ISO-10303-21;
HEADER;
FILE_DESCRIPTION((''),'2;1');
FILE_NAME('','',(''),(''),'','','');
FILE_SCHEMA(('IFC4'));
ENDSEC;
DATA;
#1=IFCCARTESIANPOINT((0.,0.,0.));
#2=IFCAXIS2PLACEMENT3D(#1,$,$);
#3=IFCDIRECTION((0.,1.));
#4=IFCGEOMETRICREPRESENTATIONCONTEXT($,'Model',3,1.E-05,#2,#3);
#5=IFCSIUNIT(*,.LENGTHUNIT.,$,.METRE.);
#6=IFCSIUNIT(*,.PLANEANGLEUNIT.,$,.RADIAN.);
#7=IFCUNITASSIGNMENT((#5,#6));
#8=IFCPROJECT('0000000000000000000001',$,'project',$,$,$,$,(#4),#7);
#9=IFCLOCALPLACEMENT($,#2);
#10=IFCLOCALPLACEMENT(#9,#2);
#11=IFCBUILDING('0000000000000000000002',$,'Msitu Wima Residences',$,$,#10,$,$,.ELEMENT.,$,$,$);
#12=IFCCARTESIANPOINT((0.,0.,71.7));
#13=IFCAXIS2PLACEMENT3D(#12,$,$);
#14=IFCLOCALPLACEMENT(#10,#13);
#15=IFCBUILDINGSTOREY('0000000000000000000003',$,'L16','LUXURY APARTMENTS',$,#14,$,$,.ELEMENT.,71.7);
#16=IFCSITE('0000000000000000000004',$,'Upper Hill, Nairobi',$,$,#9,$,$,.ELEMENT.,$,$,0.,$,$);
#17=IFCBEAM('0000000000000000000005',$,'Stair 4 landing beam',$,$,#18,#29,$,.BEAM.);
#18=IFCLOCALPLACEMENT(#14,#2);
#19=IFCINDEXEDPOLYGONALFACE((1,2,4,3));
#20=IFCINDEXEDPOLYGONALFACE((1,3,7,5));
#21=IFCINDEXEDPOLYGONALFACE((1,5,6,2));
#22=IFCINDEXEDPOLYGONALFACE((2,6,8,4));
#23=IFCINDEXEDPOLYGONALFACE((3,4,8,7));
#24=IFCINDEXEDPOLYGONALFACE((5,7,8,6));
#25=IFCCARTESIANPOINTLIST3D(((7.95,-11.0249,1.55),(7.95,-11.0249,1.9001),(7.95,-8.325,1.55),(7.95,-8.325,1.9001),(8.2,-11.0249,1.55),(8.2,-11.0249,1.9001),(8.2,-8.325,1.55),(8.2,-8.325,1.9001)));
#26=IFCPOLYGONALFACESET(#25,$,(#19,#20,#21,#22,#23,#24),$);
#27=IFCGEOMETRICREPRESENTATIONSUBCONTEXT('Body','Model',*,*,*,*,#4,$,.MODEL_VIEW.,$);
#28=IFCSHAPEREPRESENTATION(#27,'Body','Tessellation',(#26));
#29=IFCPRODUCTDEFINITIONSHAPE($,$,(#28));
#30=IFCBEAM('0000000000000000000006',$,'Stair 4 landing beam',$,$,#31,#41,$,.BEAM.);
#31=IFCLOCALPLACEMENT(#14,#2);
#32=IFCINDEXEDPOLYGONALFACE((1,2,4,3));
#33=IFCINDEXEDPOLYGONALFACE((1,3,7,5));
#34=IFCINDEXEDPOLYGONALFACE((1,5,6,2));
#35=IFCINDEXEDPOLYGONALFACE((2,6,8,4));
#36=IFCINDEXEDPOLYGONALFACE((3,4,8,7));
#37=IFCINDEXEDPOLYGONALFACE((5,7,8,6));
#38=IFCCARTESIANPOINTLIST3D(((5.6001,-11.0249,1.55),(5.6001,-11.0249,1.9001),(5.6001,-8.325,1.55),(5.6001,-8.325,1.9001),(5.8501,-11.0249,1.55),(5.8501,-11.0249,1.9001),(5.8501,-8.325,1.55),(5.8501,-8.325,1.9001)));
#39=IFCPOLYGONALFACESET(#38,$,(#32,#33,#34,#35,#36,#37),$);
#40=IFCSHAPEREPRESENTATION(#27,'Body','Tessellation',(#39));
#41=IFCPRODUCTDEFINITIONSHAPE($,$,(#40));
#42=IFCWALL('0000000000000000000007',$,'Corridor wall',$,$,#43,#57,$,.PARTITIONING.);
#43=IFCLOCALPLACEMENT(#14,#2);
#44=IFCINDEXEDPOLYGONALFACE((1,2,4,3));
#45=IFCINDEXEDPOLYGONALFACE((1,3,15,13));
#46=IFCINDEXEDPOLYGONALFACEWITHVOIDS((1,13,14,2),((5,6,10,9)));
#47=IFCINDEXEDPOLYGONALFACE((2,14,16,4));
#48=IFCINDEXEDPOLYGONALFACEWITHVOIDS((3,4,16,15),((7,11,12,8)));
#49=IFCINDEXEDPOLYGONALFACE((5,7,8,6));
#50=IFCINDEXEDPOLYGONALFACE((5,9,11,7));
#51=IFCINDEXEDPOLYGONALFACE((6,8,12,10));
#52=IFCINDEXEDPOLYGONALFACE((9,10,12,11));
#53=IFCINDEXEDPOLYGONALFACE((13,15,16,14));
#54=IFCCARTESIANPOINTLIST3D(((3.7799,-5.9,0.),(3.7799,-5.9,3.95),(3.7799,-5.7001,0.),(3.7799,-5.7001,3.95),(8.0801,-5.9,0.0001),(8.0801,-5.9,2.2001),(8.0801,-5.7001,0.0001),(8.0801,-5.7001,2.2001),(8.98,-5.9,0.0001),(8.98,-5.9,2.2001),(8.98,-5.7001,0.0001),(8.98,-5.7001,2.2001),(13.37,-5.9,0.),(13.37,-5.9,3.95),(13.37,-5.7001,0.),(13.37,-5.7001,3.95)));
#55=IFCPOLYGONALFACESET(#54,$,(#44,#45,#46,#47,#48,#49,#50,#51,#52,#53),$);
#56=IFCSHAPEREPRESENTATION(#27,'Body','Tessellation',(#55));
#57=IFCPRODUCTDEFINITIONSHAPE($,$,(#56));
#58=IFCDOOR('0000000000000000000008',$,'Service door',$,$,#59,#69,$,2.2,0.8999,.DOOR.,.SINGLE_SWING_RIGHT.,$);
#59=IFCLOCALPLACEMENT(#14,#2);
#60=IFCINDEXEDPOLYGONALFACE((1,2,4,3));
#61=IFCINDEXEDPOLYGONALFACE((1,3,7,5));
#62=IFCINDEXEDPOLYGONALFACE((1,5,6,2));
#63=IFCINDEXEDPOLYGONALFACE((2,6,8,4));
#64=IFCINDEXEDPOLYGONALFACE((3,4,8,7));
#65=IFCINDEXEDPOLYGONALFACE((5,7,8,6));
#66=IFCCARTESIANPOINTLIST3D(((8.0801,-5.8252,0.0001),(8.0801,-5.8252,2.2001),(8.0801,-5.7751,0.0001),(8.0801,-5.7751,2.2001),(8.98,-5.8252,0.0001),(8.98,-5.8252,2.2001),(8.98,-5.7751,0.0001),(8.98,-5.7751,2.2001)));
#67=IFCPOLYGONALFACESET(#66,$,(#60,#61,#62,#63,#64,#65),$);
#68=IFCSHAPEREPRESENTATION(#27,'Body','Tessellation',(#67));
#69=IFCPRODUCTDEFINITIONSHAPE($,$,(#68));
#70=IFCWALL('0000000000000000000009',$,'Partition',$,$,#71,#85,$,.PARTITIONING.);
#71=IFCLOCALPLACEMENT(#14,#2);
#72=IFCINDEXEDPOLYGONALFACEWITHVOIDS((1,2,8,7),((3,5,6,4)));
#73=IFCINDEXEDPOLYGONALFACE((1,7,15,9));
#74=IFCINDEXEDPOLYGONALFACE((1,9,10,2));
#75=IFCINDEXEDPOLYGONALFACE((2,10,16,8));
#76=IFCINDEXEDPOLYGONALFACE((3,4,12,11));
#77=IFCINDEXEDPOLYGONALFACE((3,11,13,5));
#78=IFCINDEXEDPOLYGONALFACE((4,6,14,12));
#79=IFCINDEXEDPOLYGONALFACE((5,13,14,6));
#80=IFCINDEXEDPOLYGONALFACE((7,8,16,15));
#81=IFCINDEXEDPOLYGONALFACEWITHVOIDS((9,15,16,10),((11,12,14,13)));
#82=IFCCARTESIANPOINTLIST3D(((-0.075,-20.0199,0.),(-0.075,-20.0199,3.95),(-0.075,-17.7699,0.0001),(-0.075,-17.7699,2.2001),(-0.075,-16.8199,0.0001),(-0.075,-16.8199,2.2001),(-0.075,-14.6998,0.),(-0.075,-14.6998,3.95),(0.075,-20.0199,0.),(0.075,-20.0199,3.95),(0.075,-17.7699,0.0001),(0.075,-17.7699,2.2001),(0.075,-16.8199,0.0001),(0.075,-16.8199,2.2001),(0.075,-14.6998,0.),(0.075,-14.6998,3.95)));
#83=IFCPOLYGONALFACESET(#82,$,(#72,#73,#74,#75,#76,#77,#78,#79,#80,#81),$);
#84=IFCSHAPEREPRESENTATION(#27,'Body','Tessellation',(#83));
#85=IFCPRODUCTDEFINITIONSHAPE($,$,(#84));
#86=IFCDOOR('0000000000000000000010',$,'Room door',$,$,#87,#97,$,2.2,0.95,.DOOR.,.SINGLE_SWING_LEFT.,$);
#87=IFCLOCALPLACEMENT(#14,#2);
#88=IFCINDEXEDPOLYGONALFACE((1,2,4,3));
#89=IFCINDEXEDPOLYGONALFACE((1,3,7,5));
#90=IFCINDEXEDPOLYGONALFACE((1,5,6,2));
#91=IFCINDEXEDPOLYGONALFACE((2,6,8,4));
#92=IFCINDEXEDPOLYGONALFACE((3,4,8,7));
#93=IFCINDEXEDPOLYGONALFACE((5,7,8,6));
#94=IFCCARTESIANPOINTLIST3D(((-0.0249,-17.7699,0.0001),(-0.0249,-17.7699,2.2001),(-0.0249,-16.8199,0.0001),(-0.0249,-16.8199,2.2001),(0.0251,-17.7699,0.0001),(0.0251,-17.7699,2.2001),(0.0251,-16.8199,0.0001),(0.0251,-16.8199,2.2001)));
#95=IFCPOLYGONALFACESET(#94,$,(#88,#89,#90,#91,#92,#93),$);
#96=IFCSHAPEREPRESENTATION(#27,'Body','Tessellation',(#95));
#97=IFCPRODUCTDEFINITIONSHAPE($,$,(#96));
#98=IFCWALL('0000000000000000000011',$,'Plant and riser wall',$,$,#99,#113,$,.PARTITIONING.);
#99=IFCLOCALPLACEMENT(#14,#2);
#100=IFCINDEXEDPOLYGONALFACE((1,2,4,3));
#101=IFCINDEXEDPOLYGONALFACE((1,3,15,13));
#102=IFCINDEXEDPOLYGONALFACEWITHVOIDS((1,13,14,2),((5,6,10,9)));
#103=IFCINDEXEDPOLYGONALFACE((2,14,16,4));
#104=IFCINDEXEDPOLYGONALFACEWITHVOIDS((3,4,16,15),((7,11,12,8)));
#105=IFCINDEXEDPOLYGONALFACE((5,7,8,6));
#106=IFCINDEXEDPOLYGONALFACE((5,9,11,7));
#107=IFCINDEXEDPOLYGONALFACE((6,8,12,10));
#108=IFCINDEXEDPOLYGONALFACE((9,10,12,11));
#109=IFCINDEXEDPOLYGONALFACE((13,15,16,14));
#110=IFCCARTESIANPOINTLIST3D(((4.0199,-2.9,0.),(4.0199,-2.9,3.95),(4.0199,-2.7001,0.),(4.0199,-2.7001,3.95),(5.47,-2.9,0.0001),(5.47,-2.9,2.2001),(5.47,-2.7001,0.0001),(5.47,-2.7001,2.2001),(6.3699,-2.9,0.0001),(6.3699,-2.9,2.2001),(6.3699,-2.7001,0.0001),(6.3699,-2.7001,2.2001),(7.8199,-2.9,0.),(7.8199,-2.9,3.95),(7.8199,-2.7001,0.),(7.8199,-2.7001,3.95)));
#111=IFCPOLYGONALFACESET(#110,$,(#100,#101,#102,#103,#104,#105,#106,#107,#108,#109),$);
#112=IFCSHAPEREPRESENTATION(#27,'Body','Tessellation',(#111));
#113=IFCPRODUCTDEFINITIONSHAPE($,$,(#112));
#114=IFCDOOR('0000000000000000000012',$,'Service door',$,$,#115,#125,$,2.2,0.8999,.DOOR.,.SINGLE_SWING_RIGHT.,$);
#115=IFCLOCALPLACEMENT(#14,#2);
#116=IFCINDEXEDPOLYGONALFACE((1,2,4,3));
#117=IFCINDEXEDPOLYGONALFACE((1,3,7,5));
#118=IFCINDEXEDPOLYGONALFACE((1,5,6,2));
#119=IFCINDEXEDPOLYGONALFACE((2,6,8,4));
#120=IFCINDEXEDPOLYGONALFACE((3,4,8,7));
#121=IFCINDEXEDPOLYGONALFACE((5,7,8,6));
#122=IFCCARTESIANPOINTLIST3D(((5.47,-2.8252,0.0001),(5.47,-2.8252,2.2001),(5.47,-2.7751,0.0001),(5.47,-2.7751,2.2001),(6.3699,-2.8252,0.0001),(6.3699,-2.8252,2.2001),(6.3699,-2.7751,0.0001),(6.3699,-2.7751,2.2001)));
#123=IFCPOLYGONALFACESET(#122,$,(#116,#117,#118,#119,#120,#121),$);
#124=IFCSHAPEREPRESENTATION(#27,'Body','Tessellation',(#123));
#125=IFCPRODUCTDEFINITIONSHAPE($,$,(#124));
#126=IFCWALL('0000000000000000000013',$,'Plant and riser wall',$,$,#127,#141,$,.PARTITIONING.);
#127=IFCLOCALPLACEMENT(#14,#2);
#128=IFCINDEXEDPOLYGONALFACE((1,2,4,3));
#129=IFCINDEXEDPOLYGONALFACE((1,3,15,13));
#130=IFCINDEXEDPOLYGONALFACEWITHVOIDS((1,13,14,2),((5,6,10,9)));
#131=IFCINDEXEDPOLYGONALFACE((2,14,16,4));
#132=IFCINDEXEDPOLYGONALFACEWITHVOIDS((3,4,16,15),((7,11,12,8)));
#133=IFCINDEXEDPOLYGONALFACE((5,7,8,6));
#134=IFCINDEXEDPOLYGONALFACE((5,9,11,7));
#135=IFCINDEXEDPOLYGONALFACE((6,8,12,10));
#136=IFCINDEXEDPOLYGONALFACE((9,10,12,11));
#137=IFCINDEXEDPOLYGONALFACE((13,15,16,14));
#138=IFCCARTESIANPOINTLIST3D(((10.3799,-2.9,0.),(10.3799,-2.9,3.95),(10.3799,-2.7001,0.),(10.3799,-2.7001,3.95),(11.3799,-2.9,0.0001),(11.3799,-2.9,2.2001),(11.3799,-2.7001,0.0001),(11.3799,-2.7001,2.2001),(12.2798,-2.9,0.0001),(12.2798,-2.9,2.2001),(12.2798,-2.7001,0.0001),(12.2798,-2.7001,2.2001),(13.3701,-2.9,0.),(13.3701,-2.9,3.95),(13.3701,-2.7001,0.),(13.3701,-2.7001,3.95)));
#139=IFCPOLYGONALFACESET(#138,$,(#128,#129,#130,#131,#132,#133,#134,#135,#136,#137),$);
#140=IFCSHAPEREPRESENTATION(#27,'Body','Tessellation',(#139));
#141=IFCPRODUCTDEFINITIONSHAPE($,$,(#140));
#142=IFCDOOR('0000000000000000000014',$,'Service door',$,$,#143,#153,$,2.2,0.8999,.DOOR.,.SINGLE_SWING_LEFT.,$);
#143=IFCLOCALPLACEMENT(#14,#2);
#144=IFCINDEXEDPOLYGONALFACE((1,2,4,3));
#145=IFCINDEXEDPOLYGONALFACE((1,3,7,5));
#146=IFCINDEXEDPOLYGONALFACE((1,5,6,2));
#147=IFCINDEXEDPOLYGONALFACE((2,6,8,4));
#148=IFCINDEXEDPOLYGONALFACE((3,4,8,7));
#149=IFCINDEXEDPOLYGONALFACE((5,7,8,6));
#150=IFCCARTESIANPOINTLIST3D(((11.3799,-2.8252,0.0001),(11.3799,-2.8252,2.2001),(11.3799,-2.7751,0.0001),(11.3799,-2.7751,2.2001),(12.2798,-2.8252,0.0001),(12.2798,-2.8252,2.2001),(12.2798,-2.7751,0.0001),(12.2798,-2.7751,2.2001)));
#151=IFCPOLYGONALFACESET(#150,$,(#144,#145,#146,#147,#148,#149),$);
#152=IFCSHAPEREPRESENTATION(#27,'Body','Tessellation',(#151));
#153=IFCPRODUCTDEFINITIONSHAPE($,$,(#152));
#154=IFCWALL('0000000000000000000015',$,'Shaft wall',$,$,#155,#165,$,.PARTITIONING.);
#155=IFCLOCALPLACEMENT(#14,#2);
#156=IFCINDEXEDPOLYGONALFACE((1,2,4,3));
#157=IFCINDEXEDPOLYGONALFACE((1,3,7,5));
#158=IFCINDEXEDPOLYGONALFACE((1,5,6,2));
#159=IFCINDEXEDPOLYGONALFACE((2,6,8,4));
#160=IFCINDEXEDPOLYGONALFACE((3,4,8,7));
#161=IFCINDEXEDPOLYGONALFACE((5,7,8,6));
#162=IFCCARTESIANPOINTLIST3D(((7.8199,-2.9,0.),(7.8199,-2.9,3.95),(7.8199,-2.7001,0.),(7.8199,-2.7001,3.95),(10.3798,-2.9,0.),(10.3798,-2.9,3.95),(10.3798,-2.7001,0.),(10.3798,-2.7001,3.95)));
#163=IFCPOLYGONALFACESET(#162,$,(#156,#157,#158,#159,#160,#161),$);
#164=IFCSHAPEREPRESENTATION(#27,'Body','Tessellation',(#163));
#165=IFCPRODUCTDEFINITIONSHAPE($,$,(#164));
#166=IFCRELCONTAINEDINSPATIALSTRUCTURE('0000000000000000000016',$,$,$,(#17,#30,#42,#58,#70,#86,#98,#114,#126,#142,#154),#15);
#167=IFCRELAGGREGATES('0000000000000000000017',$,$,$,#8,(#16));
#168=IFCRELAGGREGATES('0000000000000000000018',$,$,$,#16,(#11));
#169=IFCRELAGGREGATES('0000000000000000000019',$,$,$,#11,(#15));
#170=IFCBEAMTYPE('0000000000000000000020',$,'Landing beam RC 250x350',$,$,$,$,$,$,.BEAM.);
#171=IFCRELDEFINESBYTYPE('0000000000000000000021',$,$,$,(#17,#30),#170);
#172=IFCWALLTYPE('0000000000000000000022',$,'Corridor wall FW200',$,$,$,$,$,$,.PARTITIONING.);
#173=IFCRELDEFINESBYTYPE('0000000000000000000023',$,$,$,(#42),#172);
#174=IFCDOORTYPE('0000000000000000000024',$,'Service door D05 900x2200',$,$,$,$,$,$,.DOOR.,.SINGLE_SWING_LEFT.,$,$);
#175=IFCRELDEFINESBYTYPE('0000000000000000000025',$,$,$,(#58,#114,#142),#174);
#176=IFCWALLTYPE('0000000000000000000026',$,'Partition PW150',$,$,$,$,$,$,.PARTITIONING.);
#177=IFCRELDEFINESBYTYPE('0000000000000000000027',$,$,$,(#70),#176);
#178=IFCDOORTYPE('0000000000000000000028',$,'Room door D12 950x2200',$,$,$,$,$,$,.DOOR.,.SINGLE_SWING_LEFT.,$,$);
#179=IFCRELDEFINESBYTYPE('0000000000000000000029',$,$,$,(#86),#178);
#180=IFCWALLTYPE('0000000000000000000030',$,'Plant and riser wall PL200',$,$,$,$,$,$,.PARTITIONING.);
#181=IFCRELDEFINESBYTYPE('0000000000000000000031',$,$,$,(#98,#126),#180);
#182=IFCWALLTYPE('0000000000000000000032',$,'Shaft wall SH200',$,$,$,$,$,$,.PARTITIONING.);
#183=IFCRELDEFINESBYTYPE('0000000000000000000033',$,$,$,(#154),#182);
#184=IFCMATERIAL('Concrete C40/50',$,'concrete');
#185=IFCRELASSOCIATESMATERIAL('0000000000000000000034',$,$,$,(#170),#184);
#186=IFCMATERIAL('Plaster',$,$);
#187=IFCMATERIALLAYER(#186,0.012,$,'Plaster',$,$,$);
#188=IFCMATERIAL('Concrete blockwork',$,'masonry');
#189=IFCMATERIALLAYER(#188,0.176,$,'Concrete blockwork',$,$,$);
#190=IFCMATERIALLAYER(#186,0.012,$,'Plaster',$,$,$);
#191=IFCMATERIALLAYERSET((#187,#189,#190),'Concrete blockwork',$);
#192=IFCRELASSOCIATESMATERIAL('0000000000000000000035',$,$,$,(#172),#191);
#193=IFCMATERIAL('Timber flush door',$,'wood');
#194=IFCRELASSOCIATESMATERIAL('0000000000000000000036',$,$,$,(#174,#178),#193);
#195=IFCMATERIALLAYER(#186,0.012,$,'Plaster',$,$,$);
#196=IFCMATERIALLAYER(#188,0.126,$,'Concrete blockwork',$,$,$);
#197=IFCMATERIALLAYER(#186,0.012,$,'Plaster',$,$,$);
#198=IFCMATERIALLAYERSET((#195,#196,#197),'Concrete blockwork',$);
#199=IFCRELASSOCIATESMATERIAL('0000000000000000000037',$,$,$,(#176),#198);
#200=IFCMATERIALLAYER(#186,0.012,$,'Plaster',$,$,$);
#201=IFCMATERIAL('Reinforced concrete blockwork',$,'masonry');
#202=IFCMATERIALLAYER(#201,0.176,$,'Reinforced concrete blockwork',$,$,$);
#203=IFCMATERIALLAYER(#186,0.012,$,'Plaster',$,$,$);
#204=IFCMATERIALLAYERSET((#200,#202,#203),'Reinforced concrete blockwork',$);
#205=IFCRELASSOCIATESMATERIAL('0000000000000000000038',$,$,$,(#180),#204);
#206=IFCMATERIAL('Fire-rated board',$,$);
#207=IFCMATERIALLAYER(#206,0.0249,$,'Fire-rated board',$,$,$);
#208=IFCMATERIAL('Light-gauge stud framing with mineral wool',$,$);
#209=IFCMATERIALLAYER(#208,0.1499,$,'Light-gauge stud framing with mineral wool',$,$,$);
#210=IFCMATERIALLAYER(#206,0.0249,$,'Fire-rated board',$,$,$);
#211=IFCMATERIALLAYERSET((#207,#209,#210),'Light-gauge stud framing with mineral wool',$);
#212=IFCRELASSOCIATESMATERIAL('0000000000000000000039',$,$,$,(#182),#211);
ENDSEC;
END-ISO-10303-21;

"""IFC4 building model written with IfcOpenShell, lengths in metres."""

from ifc_helpers import new_model, si_unit, direction, frame, frame_2d, origin, origin_2d, place, context, subcontext, project, spatial, rectangle, extrude, material, layer, layer_set, material_profile, profile_set, type_object, element, fill, save


model = new_model("IFC4")

# Units and contexts
model_context = context("Model", 3, precision=1e-05, world=origin(), true_north=direction((0.0, 1.0)))
body_context = subcontext(model_context, "Body", "Model", "MODEL_VIEW")
ifc_project = project(units=[si_unit("LENGTHUNIT", "METRE"), si_unit("PLANEANGLEUNIT", "RADIAN")], contexts=[model_context])

# Site, building, storey
site_placement = place(None, origin())
site = spatial("IfcSite", under=ifc_project, at=site_placement, Name="Upper Hill, Nairobi", CompositionType="ELEMENT", RefElevation=0.0)
building_placement = place(site_placement, origin())
building = spatial("IfcBuilding", under=site, at=building_placement, Name="Msitu Wima Residences", CompositionType="ELEMENT")
storey_placement = place(building_placement, frame((0.0, 0.0, 71.7)))
storey = spatial("IfcBuildingStorey", under=building, at=storey_placement, Name="L16", Description="LUXURY APARTMENTS", CompositionType="ELEMENT", Elevation=71.7)

# Beams
ifc_material_1 = material(Name="Concrete C40/50", Category="concrete")
ifc_material_profile = material_profile(ifc_material_1, rectangle(XDim=0.25, YDim=0.3501, at=origin_2d()), Name="RC 250x350")
ifc_profile_set = profile_set([ifc_material_profile], Name="Concrete C40/50")
beam_type = type_object("IfcBeamType", Name="Landing beam RC 250x350", PredefinedType="BEAM", material=ifc_profile_set)
for number, where, z_axis, x_axis, name in (
    (1, (8.075, -11.0249, 1.7251), (0.0, 1.0, 0.0), (-1.0, 0.0, 0.0), "Stair 4 landing beam"),
    (2, (5.7251, -11.0249, 1.7251), (0.0, 1.0, 0.0), (-1.0, 0.0, 0.0), "Stair 4 landing beam"),
):
    element("IfcBeam", number, at=place(storey_placement, frame(where, z_axis=z_axis, x_axis=x_axis)), inside=storey, type_object=beam_type, Name=name, PredefinedType="BEAM", context=body_context, shape_type="SweptSolid", body=[
        extrude(rectangle(XDim=0.25, YDim=0.3501, at=origin_2d()), origin(), (0.0, 0.0, 1.0), 2.7),
    ])

# Walls, openings, doors
ifc_material_2 = material(Name="Plaster")
ifc_layer_1 = layer(ifc_material_2, 0.012, Name="Plaster")
ifc_material_3 = material(Name="Concrete blockwork", Category="masonry")
ifc_layer_2 = layer(ifc_material_3, 0.176, Name="Concrete blockwork")
ifc_layer_3 = layer(ifc_material_2, 0.012, Name="Plaster")
ifc_layer_set_1 = layer_set([ifc_layer_1, ifc_layer_2, ifc_layer_3], Name="Concrete blockwork")
wall_type_1 = type_object("IfcWallType", Name="Corridor wall FW200", PredefinedType="PARTITIONING", material=ifc_layer_set_1)
wall_1_placement = place(storey_placement, frame((3.78, -5.8, 0.0), z_axis=(0.0, 0.0, 1.0), x_axis=(1.0, 0.0, 0.0)))
wall_1 = element("IfcWall", 3, at=wall_1_placement, inside=storey, type_object=wall_type_1, Name="Corridor wall", PredefinedType="PARTITIONING", context=body_context, shape_type="SweptSolid", body=[
    extrude(rectangle(XDim=9.5901, YDim=0.2, at=frame_2d((4.7949, 0.0))), origin(), (0.0, 0.0, 1.0), 3.95),
])
opening_1_placement = place(wall_1_placement, frame((4.3, 0.0, 0.0)))
opening_1 = element("IfcOpeningElement", 4, at=opening_1_placement, cuts=wall_1, PredefinedType="OPENING", context=body_context, shape_type="SweptSolid", body=[
    extrude(rectangle(XDim=0.8999, YDim=2.2, at=frame_2d((0.45, 1.1001))), frame((0.0, 0.1099, 0.0), z_axis=(0.0, -1.0, 0.0), x_axis=(1.0, 0.0, 0.0)), (0.0, 0.0, 1.0), 0.22),
])
ifc_material_4 = material(Name="Timber flush door", Category="wood")
door_type_1 = type_object("IfcDoorType", Name="Service door D05 900x2200", OperationType="SINGLE_SWING_LEFT", PredefinedType="DOOR", material=ifc_material_4)
door_1_placement = place(opening_1_placement, origin())
door_1 = element("IfcDoor", 5, at=door_1_placement, inside=storey, type_object=door_type_1, Name="Service door", OperationType="SINGLE_SWING_RIGHT", OverallHeight=2.2, OverallWidth=0.8999, PredefinedType="DOOR", context=body_context, shape_type="SweptSolid", body=[
    extrude(rectangle(XDim=0.8999, YDim=2.2, at=frame_2d((0.45, 1.1001))), frame((0.0, 0.0249, 0.0), z_axis=(0.0, -1.0, 0.0), x_axis=(1.0, 0.0, 0.0)), (0.0, 0.0, 1.0), 0.05),
])
fill(opening_1, door_1)
ifc_layer_4 = layer(ifc_material_2, 0.012, Name="Plaster")
ifc_layer_5 = layer(ifc_material_3, 0.126, Name="Concrete blockwork")
ifc_layer_6 = layer(ifc_material_2, 0.012, Name="Plaster")
ifc_layer_set_2 = layer_set([ifc_layer_4, ifc_layer_5, ifc_layer_6], Name="Concrete blockwork")
wall_type_2 = type_object("IfcWallType", Name="Partition PW150", PredefinedType="PARTITIONING", material=ifc_layer_set_2)
wall_2_placement = place(storey_placement, frame((0.0, -20.02, 0.0), z_axis=(0.0, 0.0, 1.0), x_axis=(0.0, 1.0, 0.0)))
wall_2 = element("IfcWall", 6, at=wall_2_placement, inside=storey, type_object=wall_type_2, Name="Partition", PredefinedType="PARTITIONING", context=body_context, shape_type="SweptSolid", body=[
    extrude(rectangle(XDim=5.3201, YDim=0.1499, at=frame_2d((2.6602, 0.0))), origin(), (0.0, 0.0, 1.0), 3.95),
])
opening_2_placement = place(wall_2_placement, frame((2.25, 0.0, 0.0)))
opening_2 = element("IfcOpeningElement", 7, at=opening_2_placement, cuts=wall_2, PredefinedType="OPENING", context=body_context, shape_type="SweptSolid", body=[
    extrude(rectangle(XDim=0.95, YDim=2.2, at=frame_2d((0.4751, 1.1001))), frame((0.0, 0.085, 0.0), z_axis=(0.0, -1.0, 0.0), x_axis=(1.0, 0.0, 0.0)), (0.0, 0.0, 1.0), 0.1699),
])
door_type_2 = type_object("IfcDoorType", Name="Room door D12 950x2200", OperationType="SINGLE_SWING_LEFT", PredefinedType="DOOR", material=ifc_material_4)
door_2_placement = place(opening_2_placement, origin())
door_2 = element("IfcDoor", 8, at=door_2_placement, inside=storey, type_object=door_type_2, Name="Room door", OperationType="SINGLE_SWING_LEFT", OverallHeight=2.2, OverallWidth=0.95, PredefinedType="DOOR", context=body_context, shape_type="SweptSolid", body=[
    extrude(rectangle(XDim=0.95, YDim=2.2, at=frame_2d((0.4751, 1.1001))), frame((0.0, 0.0249, 0.0), z_axis=(0.0, -1.0, 0.0), x_axis=(1.0, 0.0, 0.0)), (0.0, 0.0, 1.0), 0.05),
])
fill(opening_2, door_2)

# Shared definitions
ifc_layer_7 = layer(ifc_material_2, 0.012, Name="Plaster")
ifc_material_5 = material(Name="Reinforced concrete blockwork", Category="masonry")
ifc_layer_8 = layer(ifc_material_5, 0.176, Name="Reinforced concrete blockwork")
ifc_layer_9 = layer(ifc_material_2, 0.012, Name="Plaster")
ifc_layer_set_3 = layer_set([ifc_layer_7, ifc_layer_8, ifc_layer_9], Name="Reinforced concrete blockwork")
wall_type_3 = type_object("IfcWallType", Name="Plant and riser wall PL200", PredefinedType="PARTITIONING", material=ifc_layer_set_3)

# Walls, openings, doors
wall_3_placement = place(storey_placement, frame((4.02, -2.8, 0.0), z_axis=(0.0, 0.0, 1.0), x_axis=(1.0, 0.0, 0.0)))
wall_3 = element("IfcWall", 9, at=wall_3_placement, inside=storey, type_object=wall_type_3, Name="Plant and riser wall", PredefinedType="PARTITIONING", context=body_context, shape_type="SweptSolid", body=[
    extrude(rectangle(XDim=3.8, YDim=0.2, at=frame_2d((1.8999, 0.0))), origin(), (0.0, 0.0, 1.0), 3.95),
])
opening_3_placement = place(wall_3_placement, frame((1.45, 0.0, 0.0)))
opening_3 = element("IfcOpeningElement", 10, at=opening_3_placement, cuts=wall_3, PredefinedType="OPENING", context=body_context, shape_type="SweptSolid", body=[
    extrude(rectangle(XDim=0.8999, YDim=2.2, at=frame_2d((0.45, 1.1001))), frame((0.0, 0.1099, 0.0), z_axis=(0.0, -1.0, 0.0), x_axis=(1.0, 0.0, 0.0)), (0.0, 0.0, 1.0), 0.22),
])
door_3_placement = place(opening_3_placement, origin())
door_3 = element("IfcDoor", 11, at=door_3_placement, inside=storey, type_object=door_type_1, Name="Service door", OperationType="SINGLE_SWING_RIGHT", OverallHeight=2.2, OverallWidth=0.8999, PredefinedType="DOOR", context=body_context, shape_type="SweptSolid", body=[
    extrude(rectangle(XDim=0.8999, YDim=2.2, at=frame_2d((0.45, 1.1001))), frame((0.0, 0.0249, 0.0), z_axis=(0.0, -1.0, 0.0), x_axis=(1.0, 0.0, 0.0)), (0.0, 0.0, 1.0), 0.05),
])
fill(opening_3, door_3)
wall_4_placement = place(storey_placement, frame((10.3799, -2.8, 0.0), z_axis=(0.0, 0.0, 1.0), x_axis=(1.0, 0.0, 0.0)))
wall_4 = element("IfcWall", 12, at=wall_4_placement, inside=storey, type_object=wall_type_3, Name="Plant and riser wall", PredefinedType="PARTITIONING", context=body_context, shape_type="SweptSolid", body=[
    extrude(rectangle(XDim=2.9902, YDim=0.2, at=frame_2d((1.4951, 0.0))), origin(), (0.0, 0.0, 1.0), 3.95),
])
opening_4_placement = place(wall_4_placement, frame((1.0, 0.0, 0.0)))
opening_4 = element("IfcOpeningElement", 13, at=opening_4_placement, cuts=wall_4, PredefinedType="OPENING", context=body_context, shape_type="SweptSolid", body=[
    extrude(rectangle(XDim=0.8999, YDim=2.2, at=frame_2d((0.45, 1.1001))), frame((0.0, 0.1099, 0.0), z_axis=(0.0, -1.0, 0.0), x_axis=(1.0, 0.0, 0.0)), (0.0, 0.0, 1.0), 0.22),
])
door_4_placement = place(opening_4_placement, origin())
door_4 = element("IfcDoor", 14, at=door_4_placement, inside=storey, type_object=door_type_1, Name="Service door", OperationType="SINGLE_SWING_LEFT", OverallHeight=2.2, OverallWidth=0.8999, PredefinedType="DOOR", context=body_context, shape_type="SweptSolid", body=[
    extrude(rectangle(XDim=0.8999, YDim=2.2, at=frame_2d((0.45, 1.1001))), frame((0.0, 0.0249, 0.0), z_axis=(0.0, -1.0, 0.0), x_axis=(1.0, 0.0, 0.0)), (0.0, 0.0, 1.0), 0.05),
])
fill(opening_4, door_4)

# Wall
ifc_material_6 = material(Name="Fire-rated board")
ifc_layer_10 = layer(ifc_material_6, 0.0249, Name="Fire-rated board")
ifc_material_7 = material(Name="Light-gauge stud framing with mineral wool")
ifc_layer_11 = layer(ifc_material_7, 0.1499, Name="Light-gauge stud framing with mineral wool")
ifc_layer_12 = layer(ifc_material_6, 0.0249, Name="Fire-rated board")
ifc_layer_set_4 = layer_set([ifc_layer_10, ifc_layer_11, ifc_layer_12], Name="Light-gauge stud framing with mineral wool")
wall_type_4 = type_object("IfcWallType", Name="Shaft wall SH200", PredefinedType="PARTITIONING", material=ifc_layer_set_4)
wall_5_placement = place(storey_placement, frame((7.8201, -2.8, 0.0), z_axis=(0.0, 0.0, 1.0), x_axis=(1.0, 0.0, 0.0)))
element("IfcWall", 15, at=wall_5_placement, inside=storey, type_object=wall_type_4, Name="Shaft wall", PredefinedType="PARTITIONING", context=body_context, shape_type="SweptSolid", body=[
    extrude(rectangle(XDim=2.5598, YDim=0.2, at=frame_2d((1.2798, 0.0))), origin(), (0.0, 0.0, 1.0), 3.95),
])

save(model, "model.ifc")
